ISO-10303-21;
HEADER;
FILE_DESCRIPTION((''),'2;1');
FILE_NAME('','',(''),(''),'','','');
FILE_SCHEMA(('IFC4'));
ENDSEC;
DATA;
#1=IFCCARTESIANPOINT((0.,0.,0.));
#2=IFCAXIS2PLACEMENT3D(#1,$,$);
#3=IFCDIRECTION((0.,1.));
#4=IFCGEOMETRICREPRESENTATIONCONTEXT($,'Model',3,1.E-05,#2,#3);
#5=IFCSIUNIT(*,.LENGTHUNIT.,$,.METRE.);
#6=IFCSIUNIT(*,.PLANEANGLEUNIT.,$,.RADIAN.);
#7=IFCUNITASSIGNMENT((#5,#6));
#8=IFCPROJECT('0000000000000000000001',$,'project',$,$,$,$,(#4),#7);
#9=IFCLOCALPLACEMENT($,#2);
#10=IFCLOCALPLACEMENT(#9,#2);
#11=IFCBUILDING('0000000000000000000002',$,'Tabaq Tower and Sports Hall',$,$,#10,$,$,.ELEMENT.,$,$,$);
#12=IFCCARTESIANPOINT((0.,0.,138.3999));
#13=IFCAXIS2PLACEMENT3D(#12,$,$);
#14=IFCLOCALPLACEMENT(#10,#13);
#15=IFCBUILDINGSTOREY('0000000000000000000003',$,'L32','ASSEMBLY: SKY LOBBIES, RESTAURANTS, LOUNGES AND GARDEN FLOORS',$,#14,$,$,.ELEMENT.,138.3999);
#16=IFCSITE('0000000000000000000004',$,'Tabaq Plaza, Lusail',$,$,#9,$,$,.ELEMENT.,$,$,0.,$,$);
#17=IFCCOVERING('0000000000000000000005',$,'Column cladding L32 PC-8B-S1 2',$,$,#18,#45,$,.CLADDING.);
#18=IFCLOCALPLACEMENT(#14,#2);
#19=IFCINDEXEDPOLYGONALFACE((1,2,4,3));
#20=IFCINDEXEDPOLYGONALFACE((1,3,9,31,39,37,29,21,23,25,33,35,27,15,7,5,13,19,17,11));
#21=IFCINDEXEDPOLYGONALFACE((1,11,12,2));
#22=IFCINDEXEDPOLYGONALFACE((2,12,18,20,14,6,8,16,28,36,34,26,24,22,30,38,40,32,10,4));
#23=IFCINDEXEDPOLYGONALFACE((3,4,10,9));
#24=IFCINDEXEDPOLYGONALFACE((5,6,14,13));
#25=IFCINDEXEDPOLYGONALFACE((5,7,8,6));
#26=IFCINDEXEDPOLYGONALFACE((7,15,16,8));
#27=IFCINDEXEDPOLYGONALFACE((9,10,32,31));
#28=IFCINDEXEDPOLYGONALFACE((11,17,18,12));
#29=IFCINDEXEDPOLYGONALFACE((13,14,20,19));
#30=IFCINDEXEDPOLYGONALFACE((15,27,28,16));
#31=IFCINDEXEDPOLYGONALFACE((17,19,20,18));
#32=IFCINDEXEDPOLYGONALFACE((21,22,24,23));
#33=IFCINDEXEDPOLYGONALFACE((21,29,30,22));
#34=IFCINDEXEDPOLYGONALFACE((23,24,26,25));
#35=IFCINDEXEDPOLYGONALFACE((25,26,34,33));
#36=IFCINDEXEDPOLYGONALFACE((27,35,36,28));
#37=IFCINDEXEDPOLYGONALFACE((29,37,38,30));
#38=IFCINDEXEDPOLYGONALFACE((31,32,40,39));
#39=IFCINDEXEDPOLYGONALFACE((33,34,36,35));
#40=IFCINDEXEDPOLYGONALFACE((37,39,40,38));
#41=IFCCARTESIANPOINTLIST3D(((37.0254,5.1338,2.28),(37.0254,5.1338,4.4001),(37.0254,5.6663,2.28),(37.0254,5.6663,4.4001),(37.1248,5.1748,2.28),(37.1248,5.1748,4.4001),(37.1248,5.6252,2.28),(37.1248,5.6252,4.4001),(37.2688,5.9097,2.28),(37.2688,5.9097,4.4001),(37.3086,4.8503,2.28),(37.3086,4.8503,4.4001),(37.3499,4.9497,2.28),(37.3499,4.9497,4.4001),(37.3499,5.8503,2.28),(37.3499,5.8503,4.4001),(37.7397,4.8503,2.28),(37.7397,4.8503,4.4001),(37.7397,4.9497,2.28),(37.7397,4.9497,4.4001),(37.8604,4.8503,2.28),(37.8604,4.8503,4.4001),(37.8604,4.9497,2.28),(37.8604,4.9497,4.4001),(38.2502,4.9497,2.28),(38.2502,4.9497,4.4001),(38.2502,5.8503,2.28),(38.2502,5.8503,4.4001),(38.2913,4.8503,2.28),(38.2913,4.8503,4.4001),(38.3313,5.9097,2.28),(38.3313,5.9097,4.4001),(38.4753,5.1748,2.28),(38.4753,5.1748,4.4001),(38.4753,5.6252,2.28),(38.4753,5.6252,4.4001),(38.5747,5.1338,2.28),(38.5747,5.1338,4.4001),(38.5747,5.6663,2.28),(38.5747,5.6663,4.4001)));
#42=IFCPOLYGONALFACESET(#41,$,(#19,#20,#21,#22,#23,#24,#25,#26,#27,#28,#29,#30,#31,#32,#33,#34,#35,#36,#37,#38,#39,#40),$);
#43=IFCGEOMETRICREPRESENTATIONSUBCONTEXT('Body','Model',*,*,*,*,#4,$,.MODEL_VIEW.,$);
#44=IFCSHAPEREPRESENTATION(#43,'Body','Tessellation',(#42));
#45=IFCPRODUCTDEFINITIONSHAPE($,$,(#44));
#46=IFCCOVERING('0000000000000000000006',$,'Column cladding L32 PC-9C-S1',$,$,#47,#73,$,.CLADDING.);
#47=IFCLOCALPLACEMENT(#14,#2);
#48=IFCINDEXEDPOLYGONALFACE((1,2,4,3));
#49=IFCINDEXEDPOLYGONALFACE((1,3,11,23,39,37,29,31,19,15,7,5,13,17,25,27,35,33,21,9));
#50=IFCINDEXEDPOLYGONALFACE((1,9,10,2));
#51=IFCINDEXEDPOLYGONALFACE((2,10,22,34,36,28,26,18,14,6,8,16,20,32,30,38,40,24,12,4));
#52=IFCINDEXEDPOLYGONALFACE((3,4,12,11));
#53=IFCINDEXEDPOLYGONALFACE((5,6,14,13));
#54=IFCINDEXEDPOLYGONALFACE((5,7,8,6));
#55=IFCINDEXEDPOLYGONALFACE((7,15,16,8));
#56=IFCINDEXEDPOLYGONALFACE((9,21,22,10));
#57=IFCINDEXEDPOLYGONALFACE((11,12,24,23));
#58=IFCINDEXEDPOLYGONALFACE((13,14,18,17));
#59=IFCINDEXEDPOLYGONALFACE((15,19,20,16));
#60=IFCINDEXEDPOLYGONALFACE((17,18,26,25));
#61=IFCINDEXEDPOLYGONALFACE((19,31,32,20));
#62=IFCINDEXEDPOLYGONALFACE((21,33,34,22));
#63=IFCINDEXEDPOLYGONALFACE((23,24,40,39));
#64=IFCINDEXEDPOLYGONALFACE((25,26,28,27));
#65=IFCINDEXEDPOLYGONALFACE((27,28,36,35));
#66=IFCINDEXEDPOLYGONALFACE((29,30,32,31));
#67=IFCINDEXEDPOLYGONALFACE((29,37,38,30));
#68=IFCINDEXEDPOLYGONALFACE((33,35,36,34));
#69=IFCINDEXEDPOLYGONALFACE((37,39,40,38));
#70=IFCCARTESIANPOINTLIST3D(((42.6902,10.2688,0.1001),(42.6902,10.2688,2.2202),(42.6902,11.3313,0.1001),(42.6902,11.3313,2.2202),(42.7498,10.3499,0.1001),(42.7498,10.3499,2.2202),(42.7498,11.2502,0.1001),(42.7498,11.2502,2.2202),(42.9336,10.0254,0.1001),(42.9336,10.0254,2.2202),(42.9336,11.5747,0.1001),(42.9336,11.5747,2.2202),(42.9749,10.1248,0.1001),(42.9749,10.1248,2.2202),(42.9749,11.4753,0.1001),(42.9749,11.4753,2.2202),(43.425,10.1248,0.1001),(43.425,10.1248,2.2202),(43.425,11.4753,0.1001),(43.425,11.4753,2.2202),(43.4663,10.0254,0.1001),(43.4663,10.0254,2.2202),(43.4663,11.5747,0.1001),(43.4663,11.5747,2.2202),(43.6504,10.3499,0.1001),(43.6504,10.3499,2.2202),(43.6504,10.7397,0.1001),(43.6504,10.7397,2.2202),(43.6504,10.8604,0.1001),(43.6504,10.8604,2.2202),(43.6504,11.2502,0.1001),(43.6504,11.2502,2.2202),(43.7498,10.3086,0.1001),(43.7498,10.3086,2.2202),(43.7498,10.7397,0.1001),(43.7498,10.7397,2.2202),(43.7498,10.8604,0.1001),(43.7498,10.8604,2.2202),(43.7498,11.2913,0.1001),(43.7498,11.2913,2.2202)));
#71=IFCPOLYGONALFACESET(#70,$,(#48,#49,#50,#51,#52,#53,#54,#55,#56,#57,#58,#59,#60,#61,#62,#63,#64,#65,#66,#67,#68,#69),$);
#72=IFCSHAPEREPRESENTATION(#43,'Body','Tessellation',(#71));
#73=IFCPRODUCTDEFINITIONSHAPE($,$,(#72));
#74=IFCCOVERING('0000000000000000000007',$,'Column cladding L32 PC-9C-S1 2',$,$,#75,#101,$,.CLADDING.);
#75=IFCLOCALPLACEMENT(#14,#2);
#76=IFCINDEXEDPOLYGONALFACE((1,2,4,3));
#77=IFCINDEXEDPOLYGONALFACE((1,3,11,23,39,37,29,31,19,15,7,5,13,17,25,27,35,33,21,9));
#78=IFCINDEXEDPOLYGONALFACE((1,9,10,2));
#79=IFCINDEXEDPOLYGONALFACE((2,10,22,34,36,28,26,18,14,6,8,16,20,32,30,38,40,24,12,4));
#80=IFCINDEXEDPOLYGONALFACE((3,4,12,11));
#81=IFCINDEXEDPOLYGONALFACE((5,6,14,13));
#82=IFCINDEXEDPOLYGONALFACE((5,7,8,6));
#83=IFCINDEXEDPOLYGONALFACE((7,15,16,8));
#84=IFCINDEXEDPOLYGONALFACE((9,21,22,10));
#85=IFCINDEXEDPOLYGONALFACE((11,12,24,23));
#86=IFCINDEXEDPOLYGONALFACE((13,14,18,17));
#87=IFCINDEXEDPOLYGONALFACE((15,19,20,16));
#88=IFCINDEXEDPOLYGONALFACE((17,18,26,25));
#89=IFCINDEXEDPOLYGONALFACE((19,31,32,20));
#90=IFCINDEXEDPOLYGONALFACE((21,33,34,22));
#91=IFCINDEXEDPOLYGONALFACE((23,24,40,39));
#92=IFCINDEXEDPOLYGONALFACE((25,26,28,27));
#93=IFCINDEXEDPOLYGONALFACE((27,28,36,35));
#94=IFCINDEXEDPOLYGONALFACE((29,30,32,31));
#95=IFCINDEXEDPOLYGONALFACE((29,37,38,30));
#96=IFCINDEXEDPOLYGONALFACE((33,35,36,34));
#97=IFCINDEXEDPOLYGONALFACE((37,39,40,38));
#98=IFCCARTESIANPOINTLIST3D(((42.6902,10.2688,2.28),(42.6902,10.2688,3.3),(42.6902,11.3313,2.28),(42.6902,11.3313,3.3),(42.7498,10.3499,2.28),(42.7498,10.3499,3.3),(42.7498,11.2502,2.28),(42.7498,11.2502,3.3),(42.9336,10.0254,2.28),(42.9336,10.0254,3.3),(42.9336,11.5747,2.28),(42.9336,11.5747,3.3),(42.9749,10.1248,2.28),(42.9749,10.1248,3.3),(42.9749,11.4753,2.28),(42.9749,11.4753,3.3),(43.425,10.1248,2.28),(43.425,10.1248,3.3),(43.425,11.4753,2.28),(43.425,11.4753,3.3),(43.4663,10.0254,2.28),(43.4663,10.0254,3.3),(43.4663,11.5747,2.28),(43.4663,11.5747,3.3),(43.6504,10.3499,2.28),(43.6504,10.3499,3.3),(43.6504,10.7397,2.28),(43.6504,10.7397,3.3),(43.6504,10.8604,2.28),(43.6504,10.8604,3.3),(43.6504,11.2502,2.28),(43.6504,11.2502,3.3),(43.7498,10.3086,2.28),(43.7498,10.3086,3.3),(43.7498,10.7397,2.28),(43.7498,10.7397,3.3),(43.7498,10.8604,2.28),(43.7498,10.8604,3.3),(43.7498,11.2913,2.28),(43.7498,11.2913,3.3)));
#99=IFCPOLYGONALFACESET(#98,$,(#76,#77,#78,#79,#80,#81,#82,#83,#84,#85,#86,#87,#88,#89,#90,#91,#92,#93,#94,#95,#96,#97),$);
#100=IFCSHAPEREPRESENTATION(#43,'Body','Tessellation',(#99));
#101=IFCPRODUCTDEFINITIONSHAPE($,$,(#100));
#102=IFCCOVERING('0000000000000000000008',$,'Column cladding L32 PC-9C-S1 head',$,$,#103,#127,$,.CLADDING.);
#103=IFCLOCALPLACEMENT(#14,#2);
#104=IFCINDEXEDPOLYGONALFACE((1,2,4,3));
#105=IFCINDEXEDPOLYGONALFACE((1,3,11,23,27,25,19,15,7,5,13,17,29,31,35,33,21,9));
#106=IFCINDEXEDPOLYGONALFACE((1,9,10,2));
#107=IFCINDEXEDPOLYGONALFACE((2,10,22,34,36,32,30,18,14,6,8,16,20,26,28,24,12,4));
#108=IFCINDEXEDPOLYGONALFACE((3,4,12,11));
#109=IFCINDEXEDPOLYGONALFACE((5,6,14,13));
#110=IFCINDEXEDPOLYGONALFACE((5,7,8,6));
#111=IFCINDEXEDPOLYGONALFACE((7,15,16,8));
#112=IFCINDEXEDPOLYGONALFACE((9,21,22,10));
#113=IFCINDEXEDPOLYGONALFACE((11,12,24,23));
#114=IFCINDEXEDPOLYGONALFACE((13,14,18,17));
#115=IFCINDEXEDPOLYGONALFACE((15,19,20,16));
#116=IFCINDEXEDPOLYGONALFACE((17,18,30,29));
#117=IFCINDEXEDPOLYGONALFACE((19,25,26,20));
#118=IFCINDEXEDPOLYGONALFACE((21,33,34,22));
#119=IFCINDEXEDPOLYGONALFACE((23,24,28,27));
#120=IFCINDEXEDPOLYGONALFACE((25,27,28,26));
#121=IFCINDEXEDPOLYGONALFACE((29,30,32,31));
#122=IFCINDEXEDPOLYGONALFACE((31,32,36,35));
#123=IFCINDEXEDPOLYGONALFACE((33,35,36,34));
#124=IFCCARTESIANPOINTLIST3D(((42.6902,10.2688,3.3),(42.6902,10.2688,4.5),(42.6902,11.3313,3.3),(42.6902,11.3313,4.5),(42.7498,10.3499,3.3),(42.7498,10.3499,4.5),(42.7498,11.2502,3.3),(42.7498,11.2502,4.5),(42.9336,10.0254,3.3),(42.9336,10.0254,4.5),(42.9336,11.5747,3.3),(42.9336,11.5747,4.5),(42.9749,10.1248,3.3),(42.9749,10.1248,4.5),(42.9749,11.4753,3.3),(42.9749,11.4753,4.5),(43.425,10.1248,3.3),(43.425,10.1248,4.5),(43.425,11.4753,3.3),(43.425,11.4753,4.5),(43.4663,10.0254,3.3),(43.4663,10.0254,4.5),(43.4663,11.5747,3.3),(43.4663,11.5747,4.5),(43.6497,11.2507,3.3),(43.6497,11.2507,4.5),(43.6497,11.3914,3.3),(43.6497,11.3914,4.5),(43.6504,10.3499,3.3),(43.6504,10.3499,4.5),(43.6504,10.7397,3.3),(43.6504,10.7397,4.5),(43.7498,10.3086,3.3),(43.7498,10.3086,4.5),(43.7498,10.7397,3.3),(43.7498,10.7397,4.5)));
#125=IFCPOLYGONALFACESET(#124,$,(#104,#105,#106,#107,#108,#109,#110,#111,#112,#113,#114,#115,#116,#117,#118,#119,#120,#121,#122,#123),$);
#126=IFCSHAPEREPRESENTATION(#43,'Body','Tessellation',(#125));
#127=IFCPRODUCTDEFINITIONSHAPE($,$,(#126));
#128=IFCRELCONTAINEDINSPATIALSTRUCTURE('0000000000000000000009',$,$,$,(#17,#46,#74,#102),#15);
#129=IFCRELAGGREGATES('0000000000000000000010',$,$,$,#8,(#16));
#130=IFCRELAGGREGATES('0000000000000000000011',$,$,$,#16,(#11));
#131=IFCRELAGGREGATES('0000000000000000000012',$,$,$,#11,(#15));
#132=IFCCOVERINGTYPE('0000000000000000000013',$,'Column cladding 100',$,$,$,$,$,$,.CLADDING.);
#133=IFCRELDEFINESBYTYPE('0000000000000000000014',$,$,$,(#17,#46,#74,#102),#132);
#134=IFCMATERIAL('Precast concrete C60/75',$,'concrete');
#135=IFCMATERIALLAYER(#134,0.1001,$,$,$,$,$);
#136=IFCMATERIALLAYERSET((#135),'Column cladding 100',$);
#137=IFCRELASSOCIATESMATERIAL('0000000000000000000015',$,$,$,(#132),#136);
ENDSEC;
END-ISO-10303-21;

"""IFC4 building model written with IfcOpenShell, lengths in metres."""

from ifc_helpers import new_model, si_unit, direction, frame, origin, place, context, subcontext, project, spatial, polyline, outline, extrude, material, layer, layer_set, type_object, element, save


model = new_model("IFC4")

# Units and contexts
model_context = context("Model", 3, precision=1e-05, world=origin(), true_north=direction((0.0, 1.0)))
body_context = subcontext(model_context, "Body", "Model", "MODEL_VIEW")
ifc_project = project(units=[si_unit("LENGTHUNIT", "METRE"), si_unit("PLANEANGLEUNIT", "RADIAN")], contexts=[model_context])

# Site, building, storey
site_placement = place(None, origin())
site = spatial("IfcSite", under=ifc_project, at=site_placement, Name="Tabaq Plaza, Lusail", CompositionType="ELEMENT", RefElevation=0.0)
building_placement = place(site_placement, origin())
building = spatial("IfcBuilding", under=site, at=building_placement, Name="Tabaq Tower and Sports Hall", CompositionType="ELEMENT")
storey_placement = place(building_placement, frame((0.0, 0.0, 138.3999)))
storey = spatial("IfcBuildingStorey", under=building, at=storey_placement, Name="L32", Description="ASSEMBLY: SKY LOBBIES, RESTAURANTS, LOUNGES AND GARDEN FLOORS", CompositionType="ELEMENT", Elevation=138.3999)

# Coverings
ifc_material = material(Name="Precast concrete C60/75", Category="concrete")
ifc_layer = layer(ifc_material, 0.1001)
ifc_layer_set = layer_set([ifc_layer], Name="Column cladding 100")
covering_type = type_object("IfcCoveringType", Name="Column cladding 100", PredefinedType="CLADDING", material=ifc_layer_set)
for number, where, name in (
    (1, (0.0, 0.0, 2.28), "Column cladding L32 PC-8B-S1 2"),
):
    element("IfcCovering", number, at=place(storey_placement, frame(where)), inside=storey, type_object=covering_type, Name=name, PredefinedType="CLADDING", context=body_context, shape_type="SweptSolid", body=[
        extrude(outline(polyline([(37.0254, 5.6663), (37.2688, 5.9097), (38.3313, 5.9097), (38.5747, 5.6663), (38.5747, 5.1338), (38.2913, 4.8503), (37.8604, 4.8503), (37.8604, 4.9497), (38.2502, 4.9497), (38.4753, 5.1748), (38.4753, 5.6252), (38.2502, 5.8503), (37.3499, 5.8503), (37.1248, 5.6252), (37.1248, 5.1748), (37.3499, 4.9497), (37.7397, 4.9497), (37.7397, 4.8503), (37.3086, 4.8503), (37.0254, 5.1338), (37.0254, 5.6663)])), origin(), (0.0, 0.0, 1.0), 2.1201),
    ])
covering_1_placement = place(storey_placement, frame((0.0, 0.0, 0.1001)))
element("IfcCovering", 2, at=covering_1_placement, inside=storey, type_object=covering_type, Name="Column cladding L32 PC-9C-S1", PredefinedType="CLADDING", context=body_context, shape_type="SweptSolid", body=[
    extrude(outline(polyline([(42.9336, 10.0254), (42.6902, 10.2688), (42.6902, 11.3313), (42.9336, 11.5747), (43.4663, 11.5747), (43.7498, 11.2913), (43.7498, 10.8604), (43.6504, 10.8604), (43.6504, 11.2502), (43.425, 11.4753), (42.9749, 11.4753), (42.7498, 11.2502), (42.7498, 10.3499), (42.9749, 10.1248), (43.425, 10.1248), (43.6504, 10.3499), (43.6504, 10.7397), (43.7498, 10.7397), (43.7498, 10.3086), (43.4663, 10.0254), (42.9336, 10.0254)])), origin(), (0.0, 0.0, 1.0), 2.1201),
])
covering_2_placement = place(storey_placement, frame((0.0, 0.0, 2.28)))
element("IfcCovering", 3, at=covering_2_placement, inside=storey, type_object=covering_type, Name="Column cladding L32 PC-9C-S1 2", PredefinedType="CLADDING", context=body_context, shape_type="SweptSolid", body=[
    extrude(outline(polyline([(42.9336, 10.0254), (42.6902, 10.2688), (42.6902, 11.3313), (42.9336, 11.5747), (43.4663, 11.5747), (43.7498, 11.2913), (43.7498, 10.8604), (43.6504, 10.8604), (43.6504, 11.2502), (43.425, 11.4753), (42.9749, 11.4753), (42.7498, 11.2502), (42.7498, 10.3499), (42.9749, 10.1248), (43.425, 10.1248), (43.6504, 10.3499), (43.6504, 10.7397), (43.7498, 10.7397), (43.7498, 10.3086), (43.4663, 10.0254), (42.9336, 10.0254)])), origin(), (0.0, 0.0, 1.0), 1.02),
])
covering_3_placement = place(storey_placement, frame((0.0, 0.0, 3.3)))
element("IfcCovering", 4, at=covering_3_placement, inside=storey, type_object=covering_type, Name="Column cladding L32 PC-9C-S1 head", PredefinedType="CLADDING", context=body_context, shape_type="SweptSolid", body=[
    extrude(outline(polyline([(42.6902, 10.2688), (42.6902, 11.3313), (42.9336, 11.5747), (43.4663, 11.5747), (43.6497, 11.3914), (43.6497, 11.2507), (43.425, 11.4753), (42.9749, 11.4753), (42.7498, 11.2502), (42.7498, 10.3499), (42.9749, 10.1248), (43.425, 10.1248), (43.6504, 10.3499), (43.6504, 10.7397), (43.7498, 10.7397), (43.7498, 10.3086), (43.4663, 10.0254), (42.9336, 10.0254), (42.6902, 10.2688)])), origin(), (0.0, 0.0, 1.0), 1.2),
])

save(model, "model.ifc")
